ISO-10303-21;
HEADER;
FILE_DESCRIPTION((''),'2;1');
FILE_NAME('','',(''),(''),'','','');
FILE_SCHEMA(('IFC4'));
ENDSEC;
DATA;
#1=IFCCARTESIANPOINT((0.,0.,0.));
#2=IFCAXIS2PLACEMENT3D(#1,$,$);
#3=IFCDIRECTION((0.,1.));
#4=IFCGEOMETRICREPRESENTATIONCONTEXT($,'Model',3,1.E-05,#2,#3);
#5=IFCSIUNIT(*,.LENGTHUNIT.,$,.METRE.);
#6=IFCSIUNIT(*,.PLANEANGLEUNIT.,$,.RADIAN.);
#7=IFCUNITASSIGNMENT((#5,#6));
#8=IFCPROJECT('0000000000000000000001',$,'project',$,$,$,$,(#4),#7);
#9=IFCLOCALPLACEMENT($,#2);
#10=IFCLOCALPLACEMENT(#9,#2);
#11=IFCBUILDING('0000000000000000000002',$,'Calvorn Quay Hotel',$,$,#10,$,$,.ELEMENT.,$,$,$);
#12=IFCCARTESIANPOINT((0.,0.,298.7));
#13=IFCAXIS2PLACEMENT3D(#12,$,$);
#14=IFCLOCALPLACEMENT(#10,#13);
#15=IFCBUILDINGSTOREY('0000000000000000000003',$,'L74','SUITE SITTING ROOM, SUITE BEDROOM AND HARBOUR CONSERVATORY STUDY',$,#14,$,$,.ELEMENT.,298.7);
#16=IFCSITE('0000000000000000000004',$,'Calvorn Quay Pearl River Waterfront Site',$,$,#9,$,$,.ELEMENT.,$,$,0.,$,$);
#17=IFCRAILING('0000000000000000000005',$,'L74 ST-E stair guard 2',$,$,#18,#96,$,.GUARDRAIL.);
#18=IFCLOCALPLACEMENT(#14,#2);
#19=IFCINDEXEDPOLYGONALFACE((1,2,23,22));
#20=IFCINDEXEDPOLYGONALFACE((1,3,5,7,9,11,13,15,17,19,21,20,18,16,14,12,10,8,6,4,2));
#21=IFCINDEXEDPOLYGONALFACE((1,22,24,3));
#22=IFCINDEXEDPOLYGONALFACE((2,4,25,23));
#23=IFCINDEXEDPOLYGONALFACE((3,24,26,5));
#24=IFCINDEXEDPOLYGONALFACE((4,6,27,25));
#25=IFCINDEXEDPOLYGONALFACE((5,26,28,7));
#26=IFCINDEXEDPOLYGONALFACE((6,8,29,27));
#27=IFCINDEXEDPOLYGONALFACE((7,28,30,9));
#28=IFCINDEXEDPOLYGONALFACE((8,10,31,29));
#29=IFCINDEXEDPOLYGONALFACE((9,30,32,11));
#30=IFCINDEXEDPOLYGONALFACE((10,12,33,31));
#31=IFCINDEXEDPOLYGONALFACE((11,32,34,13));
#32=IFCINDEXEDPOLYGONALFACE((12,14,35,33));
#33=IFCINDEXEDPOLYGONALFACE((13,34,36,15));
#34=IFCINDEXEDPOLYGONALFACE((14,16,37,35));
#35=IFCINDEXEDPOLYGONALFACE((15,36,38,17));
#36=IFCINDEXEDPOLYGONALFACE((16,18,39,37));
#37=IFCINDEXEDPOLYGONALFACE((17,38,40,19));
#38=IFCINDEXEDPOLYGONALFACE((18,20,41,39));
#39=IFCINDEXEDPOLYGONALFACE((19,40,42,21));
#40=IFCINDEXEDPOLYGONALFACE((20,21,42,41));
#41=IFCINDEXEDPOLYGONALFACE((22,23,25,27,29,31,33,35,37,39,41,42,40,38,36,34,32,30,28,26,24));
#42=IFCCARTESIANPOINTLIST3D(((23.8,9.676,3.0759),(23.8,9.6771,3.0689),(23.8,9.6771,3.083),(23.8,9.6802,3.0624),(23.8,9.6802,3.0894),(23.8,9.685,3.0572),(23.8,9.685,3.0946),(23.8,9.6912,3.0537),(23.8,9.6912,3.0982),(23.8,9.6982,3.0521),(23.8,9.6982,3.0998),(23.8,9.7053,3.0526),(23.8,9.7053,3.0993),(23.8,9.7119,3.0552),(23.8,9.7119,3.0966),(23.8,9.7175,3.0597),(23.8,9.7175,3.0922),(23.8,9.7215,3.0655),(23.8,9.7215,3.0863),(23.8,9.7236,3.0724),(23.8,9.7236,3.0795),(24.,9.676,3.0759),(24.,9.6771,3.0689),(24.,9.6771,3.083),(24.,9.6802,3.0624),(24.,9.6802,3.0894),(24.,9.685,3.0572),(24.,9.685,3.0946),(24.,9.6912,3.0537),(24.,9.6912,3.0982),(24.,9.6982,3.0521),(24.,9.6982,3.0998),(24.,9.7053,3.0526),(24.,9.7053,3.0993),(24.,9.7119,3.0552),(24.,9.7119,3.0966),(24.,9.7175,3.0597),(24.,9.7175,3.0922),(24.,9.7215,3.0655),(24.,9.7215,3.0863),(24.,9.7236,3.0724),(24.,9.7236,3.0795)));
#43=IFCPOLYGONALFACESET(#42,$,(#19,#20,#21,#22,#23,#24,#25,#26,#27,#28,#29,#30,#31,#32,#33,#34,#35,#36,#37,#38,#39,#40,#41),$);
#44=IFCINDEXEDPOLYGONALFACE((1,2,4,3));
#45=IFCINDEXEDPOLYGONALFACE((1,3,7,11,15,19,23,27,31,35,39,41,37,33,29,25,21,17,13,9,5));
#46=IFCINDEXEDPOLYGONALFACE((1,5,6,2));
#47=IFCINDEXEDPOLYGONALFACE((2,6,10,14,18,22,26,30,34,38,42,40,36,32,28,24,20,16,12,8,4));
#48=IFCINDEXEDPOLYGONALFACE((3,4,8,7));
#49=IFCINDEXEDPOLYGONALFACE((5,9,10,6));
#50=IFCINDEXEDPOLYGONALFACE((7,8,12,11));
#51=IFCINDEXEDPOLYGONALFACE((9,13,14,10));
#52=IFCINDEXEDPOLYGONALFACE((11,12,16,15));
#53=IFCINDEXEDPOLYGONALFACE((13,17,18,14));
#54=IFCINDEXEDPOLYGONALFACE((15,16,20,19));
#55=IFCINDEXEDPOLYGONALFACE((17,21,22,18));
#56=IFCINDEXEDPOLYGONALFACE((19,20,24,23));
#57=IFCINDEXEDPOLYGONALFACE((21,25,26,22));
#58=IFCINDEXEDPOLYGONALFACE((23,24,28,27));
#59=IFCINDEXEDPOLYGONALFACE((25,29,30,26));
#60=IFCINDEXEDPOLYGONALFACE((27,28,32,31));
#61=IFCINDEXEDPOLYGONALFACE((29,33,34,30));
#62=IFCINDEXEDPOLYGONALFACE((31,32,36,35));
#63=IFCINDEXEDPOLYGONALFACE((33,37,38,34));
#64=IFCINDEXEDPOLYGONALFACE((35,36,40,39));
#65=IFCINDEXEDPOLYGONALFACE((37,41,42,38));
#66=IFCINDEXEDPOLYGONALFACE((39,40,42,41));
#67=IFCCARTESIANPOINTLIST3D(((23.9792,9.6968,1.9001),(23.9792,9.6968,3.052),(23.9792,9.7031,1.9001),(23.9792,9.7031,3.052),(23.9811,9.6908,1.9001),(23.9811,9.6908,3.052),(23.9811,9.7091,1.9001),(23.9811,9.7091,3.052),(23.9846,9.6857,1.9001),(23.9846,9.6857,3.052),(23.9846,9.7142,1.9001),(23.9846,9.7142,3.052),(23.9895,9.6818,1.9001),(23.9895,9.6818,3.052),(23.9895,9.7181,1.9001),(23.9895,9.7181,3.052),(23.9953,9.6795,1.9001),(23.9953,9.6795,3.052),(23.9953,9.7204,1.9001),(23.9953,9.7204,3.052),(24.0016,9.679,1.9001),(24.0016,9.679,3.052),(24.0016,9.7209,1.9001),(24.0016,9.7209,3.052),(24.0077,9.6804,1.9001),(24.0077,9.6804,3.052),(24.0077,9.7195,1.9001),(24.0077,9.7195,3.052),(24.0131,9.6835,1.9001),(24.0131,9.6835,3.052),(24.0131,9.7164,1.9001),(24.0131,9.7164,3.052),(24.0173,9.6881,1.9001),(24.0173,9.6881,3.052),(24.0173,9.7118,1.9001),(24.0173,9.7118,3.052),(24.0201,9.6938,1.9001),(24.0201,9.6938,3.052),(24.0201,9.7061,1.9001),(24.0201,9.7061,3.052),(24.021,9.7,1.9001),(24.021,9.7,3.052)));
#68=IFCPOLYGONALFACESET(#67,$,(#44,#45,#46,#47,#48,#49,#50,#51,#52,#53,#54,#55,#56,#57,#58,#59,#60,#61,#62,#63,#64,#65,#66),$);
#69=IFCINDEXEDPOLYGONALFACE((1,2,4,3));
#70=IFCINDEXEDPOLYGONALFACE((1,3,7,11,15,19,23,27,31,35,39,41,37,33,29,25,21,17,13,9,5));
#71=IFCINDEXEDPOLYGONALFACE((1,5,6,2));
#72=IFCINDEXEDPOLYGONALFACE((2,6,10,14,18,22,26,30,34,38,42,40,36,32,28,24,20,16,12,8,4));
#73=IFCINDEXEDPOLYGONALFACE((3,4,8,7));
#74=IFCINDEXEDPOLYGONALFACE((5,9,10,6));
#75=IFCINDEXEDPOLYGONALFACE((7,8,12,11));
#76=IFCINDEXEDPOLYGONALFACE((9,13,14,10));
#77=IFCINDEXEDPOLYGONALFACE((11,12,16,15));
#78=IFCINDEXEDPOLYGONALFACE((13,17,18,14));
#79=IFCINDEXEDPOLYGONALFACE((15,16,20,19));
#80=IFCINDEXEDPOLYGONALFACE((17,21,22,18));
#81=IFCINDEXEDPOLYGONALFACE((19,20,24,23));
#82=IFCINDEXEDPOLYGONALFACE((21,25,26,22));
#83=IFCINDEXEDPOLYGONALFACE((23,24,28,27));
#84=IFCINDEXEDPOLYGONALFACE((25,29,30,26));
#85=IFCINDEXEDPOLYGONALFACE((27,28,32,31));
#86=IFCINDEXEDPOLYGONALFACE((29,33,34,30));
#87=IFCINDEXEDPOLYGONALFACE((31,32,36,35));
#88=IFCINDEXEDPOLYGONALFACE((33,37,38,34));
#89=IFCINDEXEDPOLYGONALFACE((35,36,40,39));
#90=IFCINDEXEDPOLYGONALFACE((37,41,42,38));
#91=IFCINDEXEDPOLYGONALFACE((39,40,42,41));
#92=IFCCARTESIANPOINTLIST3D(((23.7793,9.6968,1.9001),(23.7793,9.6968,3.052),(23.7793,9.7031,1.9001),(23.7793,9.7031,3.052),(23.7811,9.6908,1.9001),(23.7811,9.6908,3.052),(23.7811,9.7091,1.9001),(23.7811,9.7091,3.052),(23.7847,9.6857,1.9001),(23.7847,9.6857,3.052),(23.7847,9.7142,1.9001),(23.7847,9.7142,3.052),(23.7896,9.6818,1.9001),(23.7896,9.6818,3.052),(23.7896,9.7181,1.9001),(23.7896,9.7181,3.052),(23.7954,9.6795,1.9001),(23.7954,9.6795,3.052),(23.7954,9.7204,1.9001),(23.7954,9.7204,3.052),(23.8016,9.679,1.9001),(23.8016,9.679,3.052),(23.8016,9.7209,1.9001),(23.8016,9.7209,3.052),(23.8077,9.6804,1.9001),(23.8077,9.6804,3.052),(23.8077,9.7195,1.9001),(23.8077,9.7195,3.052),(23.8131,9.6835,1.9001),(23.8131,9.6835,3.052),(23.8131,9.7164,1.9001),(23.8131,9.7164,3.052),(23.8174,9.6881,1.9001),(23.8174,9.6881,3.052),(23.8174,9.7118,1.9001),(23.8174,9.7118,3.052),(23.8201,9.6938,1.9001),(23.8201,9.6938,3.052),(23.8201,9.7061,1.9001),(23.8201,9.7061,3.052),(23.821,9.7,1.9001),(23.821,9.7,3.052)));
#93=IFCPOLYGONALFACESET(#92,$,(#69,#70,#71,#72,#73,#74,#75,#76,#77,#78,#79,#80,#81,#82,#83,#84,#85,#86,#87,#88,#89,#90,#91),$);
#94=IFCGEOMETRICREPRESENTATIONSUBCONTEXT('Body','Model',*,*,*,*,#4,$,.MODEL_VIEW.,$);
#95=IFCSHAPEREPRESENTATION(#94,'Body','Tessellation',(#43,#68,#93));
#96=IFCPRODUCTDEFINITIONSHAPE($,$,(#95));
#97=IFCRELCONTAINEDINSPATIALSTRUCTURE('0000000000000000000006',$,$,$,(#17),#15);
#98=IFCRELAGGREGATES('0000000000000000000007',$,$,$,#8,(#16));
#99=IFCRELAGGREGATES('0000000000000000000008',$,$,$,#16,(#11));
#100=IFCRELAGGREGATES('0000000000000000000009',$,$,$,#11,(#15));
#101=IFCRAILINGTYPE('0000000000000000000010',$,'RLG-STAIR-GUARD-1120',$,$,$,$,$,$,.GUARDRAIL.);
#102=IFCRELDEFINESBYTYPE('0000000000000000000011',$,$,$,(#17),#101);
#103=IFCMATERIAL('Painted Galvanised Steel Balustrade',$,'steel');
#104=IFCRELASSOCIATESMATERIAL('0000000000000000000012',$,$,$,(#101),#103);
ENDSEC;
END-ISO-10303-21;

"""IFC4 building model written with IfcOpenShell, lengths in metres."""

from ifc_helpers import new_model, si_unit, direction, frame, origin, origin_2d, place, context, subcontext, project, spatial, circle, extrude, material, type_object, element, save


model = new_model("IFC4")

# Units and contexts
model_context = context("Model", 3, precision=1e-05, world=origin(), true_north=direction((0.0, 1.0)))
body_context = subcontext(model_context, "Body", "Model", "MODEL_VIEW")
ifc_project = project(units=[si_unit("LENGTHUNIT", "METRE"), si_unit("PLANEANGLEUNIT", "RADIAN")], contexts=[model_context])

# Site, building, storey
site_placement = place(None, origin())
site = spatial("IfcSite", under=ifc_project, at=site_placement, Name="Calvorn Quay Pearl River Waterfront Site", CompositionType="ELEMENT", RefElevation=0.0)
building_placement = place(site_placement, origin())
building = spatial("IfcBuilding", under=site, at=building_placement, Name="Calvorn Quay Hotel", CompositionType="ELEMENT")
storey_placement = place(building_placement, frame((0.0, 0.0, 298.7)))
storey = spatial("IfcBuildingStorey", under=building, at=storey_placement, Name="L74", Description="SUITE SITTING ROOM, SUITE BEDROOM AND HARBOUR CONSERVATORY STUDY", CompositionType="ELEMENT", Elevation=298.7)

# Railing
ifc_material_1 = material(Name="Painted Galvanised Steel Balustrade", Category="steel")
railing_type_1 = type_object("IfcRailingType", Name="RLG-STAIR-GUARD-1120", PredefinedType="GUARDRAIL", material=ifc_material_1)
railing_1_placement = place(storey_placement, frame((24.0, 9.7, 1.9001)))
element("IfcRailing", 1, at=railing_1_placement, inside=storey, type_object=railing_type_1, Name="L74 ST-E stair guard 2", PredefinedType="GUARDRAIL", context=body_context, shape_type="SweptSolid", body=[
    extrude(circle(Radius=0.0239, at=origin_2d()), frame((0.0, 0.0, 1.1758), z_axis=(-1.0, 0.0, 0.0), x_axis=(0.0, -1.0, 0.0)), (0.0, 0.0, 1.0), 0.2),
    extrude(circle(Radius=0.021, at=origin_2d()), origin(), (0.0, 0.0, 1.0), 1.1519),
    extrude(circle(Radius=0.021, at=origin_2d()), frame((-0.2, 0.0, 0.0)), (0.0, 0.0, 1.0), 1.1519),
])

save(model, "model.ifc")
